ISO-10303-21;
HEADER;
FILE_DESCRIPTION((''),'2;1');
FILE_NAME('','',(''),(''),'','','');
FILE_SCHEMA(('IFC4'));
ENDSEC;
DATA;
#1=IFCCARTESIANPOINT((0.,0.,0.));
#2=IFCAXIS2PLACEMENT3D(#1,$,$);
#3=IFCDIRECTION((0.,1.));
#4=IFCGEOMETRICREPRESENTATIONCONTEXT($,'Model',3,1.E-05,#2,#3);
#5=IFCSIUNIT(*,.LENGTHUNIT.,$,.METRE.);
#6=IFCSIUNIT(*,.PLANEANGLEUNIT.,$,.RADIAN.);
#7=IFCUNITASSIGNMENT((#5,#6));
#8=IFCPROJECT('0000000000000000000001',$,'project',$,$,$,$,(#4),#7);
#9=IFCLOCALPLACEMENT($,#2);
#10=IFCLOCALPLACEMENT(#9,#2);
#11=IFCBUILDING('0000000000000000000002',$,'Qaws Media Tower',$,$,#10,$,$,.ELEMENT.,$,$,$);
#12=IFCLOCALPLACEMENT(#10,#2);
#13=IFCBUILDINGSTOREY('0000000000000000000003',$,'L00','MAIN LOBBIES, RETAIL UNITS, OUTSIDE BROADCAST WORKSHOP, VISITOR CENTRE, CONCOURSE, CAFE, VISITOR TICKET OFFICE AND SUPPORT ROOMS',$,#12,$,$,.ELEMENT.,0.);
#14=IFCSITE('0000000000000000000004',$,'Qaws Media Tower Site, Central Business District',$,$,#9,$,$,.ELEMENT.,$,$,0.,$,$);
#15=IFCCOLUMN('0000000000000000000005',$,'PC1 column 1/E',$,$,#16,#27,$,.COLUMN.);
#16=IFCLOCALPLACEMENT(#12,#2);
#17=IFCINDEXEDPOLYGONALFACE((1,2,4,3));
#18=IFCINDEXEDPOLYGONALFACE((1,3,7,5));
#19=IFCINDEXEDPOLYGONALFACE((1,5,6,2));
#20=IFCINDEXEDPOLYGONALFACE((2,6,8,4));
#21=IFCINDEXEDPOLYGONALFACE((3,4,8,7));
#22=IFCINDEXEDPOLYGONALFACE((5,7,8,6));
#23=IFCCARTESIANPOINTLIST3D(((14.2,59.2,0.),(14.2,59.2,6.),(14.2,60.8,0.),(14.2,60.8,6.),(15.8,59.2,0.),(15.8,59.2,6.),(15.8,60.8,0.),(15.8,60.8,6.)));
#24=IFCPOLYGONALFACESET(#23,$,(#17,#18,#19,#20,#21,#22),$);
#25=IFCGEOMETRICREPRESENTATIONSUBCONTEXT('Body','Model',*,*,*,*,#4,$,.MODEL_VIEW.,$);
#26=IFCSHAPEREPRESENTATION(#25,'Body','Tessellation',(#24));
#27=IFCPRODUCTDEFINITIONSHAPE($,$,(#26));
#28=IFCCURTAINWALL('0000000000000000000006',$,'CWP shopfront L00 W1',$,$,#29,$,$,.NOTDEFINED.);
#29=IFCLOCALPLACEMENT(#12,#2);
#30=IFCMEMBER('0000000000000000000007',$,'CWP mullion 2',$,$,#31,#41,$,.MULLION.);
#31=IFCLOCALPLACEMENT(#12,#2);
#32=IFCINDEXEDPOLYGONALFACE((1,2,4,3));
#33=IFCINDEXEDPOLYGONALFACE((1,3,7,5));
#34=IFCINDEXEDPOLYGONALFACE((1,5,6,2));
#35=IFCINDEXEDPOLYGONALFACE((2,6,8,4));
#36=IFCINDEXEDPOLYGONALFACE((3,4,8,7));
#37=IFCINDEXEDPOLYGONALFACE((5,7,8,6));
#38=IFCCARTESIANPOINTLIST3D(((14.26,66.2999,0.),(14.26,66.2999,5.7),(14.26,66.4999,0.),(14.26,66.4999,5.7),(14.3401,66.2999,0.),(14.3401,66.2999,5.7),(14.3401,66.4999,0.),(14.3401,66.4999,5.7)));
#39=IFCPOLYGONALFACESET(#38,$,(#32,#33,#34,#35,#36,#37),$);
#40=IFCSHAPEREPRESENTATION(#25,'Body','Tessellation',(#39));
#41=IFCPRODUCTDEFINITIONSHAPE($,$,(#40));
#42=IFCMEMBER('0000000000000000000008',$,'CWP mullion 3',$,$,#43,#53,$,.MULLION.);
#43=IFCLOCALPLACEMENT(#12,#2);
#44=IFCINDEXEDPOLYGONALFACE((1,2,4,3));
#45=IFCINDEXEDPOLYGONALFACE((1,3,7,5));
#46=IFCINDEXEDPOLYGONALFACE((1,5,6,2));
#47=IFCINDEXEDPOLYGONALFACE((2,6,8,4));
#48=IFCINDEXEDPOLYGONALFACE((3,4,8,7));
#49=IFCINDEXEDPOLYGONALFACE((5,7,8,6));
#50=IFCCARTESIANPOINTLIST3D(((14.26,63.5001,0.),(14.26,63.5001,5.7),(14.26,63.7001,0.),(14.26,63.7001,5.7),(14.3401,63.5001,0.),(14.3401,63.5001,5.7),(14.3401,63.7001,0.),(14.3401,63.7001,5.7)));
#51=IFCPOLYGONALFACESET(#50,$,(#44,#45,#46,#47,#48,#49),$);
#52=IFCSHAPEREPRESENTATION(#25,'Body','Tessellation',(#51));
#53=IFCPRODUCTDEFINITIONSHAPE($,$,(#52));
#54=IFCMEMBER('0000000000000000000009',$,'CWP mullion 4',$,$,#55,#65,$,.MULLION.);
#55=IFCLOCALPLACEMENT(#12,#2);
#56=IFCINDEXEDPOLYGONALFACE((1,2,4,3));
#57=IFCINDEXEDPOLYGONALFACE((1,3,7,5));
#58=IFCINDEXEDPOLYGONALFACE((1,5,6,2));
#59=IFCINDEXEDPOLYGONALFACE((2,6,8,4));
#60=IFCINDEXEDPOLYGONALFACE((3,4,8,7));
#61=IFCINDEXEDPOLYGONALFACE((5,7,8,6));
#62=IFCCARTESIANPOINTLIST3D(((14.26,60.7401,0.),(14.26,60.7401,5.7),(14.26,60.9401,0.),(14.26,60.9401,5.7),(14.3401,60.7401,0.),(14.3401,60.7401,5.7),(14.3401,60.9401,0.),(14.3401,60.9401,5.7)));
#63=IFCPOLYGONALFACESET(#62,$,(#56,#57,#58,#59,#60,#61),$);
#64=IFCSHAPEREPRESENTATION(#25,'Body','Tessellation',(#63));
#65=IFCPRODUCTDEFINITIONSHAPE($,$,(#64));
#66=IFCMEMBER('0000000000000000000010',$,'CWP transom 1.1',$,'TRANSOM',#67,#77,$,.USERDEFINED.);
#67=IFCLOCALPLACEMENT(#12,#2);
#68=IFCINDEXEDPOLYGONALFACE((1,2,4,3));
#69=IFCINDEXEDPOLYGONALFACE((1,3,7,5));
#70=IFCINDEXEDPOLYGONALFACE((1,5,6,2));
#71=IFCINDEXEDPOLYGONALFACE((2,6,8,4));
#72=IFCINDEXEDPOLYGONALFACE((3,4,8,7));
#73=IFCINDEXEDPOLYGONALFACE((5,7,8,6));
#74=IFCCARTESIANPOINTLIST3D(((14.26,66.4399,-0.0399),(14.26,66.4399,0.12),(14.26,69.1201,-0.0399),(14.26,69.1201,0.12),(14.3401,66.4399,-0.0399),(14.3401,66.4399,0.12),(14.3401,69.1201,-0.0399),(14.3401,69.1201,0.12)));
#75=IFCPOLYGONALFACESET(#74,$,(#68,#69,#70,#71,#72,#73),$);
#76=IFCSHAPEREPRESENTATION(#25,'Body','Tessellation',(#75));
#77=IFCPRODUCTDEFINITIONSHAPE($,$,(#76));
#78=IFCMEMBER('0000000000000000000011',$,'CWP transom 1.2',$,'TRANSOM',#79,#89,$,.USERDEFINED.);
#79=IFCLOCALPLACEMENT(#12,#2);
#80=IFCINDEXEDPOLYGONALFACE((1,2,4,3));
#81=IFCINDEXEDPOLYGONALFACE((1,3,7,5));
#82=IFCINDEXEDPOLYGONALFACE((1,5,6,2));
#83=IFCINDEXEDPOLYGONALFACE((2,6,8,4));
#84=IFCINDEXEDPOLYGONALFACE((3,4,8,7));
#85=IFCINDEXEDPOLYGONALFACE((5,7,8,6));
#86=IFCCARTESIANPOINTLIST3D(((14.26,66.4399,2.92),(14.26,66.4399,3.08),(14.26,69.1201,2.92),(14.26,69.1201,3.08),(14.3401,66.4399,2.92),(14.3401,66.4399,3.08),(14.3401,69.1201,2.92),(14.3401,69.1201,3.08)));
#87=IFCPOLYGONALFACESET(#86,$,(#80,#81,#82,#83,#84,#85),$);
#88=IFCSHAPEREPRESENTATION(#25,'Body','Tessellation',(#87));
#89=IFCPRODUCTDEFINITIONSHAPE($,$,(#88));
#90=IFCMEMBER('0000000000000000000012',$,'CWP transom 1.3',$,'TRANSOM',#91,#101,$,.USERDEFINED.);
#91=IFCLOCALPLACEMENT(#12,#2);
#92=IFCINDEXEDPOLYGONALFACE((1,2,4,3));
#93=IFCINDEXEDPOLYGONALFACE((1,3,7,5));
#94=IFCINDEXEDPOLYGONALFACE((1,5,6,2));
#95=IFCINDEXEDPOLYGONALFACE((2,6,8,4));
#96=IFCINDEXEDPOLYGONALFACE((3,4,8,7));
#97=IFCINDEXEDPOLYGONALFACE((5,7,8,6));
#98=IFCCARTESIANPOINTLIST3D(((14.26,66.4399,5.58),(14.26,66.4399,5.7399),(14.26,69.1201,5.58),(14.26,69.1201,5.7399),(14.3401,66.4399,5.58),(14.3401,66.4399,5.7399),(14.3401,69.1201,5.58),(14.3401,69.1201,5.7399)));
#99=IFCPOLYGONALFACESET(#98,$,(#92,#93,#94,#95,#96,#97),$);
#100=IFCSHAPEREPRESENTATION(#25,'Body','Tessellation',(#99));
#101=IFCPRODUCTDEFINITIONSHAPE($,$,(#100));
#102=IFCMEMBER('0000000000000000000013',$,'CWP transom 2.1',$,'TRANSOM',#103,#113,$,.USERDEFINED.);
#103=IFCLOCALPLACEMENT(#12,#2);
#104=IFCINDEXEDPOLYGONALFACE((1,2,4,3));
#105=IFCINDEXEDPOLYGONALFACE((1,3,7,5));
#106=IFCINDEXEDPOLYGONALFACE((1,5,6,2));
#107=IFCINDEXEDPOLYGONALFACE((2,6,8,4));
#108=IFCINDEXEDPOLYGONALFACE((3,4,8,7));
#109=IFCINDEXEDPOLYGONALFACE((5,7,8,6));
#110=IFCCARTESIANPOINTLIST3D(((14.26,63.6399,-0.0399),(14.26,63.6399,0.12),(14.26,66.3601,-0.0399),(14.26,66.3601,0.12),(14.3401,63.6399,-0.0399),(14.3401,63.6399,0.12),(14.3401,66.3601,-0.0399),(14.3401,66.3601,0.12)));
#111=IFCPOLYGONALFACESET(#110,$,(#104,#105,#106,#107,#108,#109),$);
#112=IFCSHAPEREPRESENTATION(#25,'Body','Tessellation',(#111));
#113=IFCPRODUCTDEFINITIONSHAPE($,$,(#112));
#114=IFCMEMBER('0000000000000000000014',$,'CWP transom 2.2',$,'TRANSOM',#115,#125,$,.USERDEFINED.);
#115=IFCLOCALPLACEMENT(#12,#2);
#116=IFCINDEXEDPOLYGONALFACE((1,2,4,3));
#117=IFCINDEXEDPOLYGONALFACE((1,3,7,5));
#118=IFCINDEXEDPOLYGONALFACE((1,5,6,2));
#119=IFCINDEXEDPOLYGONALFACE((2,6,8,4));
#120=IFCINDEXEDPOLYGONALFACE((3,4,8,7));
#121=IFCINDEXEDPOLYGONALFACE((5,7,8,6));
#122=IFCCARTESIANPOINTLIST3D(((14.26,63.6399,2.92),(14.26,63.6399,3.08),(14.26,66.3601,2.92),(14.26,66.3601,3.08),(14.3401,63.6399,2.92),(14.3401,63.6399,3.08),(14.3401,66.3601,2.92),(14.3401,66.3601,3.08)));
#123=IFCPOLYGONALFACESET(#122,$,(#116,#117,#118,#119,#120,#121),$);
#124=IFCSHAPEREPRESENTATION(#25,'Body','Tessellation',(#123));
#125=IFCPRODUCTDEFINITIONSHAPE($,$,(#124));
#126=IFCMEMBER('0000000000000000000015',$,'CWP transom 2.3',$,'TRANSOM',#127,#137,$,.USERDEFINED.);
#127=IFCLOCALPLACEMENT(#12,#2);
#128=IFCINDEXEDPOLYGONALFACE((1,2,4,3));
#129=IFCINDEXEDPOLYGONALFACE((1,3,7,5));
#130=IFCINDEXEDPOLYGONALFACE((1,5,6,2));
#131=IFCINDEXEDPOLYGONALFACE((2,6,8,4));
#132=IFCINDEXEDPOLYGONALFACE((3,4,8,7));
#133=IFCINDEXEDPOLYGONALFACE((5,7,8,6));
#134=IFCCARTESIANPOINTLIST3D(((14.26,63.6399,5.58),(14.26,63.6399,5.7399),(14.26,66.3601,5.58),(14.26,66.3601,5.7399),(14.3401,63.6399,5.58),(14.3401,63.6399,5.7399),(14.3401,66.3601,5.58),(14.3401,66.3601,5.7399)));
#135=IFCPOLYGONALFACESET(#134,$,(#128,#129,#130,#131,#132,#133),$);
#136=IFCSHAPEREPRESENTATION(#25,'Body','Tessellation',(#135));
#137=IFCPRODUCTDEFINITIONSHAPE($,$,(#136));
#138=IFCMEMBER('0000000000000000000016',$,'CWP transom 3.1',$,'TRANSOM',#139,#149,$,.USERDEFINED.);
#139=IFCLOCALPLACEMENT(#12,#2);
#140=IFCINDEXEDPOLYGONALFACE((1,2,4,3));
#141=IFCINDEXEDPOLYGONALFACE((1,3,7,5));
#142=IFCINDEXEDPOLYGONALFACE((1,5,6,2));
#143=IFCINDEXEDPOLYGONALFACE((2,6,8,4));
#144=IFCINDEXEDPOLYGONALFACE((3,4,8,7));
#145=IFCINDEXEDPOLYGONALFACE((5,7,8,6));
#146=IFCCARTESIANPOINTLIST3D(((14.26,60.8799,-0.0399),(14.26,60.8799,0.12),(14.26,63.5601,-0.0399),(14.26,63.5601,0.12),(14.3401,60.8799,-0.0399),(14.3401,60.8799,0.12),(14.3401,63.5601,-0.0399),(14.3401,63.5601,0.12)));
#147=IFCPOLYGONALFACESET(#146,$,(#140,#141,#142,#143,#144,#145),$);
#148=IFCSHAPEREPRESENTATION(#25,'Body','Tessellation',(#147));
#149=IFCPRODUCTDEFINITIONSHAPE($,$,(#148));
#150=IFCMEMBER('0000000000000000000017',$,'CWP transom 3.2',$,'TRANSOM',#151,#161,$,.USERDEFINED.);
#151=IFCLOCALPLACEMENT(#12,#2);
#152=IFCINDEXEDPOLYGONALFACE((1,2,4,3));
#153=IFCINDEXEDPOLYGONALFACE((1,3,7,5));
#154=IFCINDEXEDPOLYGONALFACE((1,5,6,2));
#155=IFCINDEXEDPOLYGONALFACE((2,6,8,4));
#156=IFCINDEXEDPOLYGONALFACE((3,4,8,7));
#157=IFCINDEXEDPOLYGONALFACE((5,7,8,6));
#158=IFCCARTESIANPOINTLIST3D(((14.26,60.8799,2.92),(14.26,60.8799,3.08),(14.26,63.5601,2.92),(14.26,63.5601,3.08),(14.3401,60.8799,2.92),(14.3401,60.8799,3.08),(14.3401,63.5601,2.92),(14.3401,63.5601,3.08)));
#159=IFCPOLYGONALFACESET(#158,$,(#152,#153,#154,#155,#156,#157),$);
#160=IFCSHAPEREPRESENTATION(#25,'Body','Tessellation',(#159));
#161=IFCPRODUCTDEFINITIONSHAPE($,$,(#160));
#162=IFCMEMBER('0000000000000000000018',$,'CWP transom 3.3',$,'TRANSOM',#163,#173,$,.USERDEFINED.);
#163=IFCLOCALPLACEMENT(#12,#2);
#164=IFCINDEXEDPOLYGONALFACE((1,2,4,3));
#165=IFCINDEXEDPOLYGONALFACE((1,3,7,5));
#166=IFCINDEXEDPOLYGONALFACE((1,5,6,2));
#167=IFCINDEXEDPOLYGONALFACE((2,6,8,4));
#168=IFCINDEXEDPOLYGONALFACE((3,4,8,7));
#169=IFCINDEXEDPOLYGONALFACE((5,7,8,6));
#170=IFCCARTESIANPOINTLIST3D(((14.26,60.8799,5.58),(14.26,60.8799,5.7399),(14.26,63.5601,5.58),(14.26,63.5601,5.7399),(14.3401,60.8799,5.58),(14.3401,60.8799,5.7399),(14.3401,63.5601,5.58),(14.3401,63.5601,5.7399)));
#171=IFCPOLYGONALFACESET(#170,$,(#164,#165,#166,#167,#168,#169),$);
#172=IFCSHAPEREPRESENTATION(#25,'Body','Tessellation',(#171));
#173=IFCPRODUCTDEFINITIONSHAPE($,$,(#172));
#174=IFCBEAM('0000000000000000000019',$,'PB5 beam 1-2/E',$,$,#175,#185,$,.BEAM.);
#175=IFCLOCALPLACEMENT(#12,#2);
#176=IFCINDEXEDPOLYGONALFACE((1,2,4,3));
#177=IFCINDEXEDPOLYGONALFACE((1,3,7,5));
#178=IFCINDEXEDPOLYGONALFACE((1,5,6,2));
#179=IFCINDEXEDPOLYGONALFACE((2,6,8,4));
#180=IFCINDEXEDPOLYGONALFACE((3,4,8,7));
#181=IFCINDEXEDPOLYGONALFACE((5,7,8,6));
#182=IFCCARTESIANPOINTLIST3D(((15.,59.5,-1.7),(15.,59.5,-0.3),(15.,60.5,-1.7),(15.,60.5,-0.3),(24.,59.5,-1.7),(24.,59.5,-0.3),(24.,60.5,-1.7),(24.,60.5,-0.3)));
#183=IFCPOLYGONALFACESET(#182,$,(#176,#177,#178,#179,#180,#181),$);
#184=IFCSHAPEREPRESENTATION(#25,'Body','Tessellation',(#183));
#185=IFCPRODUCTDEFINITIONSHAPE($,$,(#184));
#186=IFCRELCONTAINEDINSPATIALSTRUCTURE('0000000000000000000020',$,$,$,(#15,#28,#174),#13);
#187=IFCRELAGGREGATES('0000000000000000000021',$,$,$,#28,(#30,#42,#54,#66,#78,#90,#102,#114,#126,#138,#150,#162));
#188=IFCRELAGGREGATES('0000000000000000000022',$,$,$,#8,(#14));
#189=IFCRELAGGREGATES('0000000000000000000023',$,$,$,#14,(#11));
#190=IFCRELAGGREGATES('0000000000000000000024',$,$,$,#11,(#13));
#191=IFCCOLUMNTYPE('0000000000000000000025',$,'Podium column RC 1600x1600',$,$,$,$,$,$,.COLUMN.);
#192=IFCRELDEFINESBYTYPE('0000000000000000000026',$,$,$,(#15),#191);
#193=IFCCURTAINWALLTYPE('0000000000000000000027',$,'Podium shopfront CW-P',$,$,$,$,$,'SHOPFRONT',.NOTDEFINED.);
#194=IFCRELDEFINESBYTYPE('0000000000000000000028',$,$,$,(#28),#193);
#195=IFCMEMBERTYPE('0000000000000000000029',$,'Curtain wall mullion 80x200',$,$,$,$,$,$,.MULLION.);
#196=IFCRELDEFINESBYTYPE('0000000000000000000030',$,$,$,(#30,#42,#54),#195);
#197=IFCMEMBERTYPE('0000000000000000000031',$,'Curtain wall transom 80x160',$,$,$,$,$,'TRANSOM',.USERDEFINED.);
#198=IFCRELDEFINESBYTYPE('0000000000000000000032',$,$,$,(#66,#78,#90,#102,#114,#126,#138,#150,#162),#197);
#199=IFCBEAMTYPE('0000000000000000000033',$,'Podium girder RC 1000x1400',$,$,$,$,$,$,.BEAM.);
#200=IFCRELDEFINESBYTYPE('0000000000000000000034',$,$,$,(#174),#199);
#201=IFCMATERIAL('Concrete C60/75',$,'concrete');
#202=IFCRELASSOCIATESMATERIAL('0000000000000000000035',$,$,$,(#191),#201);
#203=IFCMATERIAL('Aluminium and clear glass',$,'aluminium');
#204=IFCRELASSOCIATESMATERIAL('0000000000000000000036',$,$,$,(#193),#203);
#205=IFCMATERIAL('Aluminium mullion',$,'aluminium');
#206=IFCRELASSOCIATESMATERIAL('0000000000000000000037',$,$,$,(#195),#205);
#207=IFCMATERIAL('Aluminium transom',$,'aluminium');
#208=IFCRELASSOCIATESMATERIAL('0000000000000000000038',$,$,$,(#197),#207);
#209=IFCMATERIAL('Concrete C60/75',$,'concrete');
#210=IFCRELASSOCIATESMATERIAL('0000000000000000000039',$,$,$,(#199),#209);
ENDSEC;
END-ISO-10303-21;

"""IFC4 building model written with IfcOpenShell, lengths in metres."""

from ifc_helpers import new_model, si_unit, direction, frame, origin, origin_2d, place, context, subcontext, project, spatial, rectangle, extrude, material, material_profile, profile_set, type_object, element, aggregate, save


model = new_model("IFC4")

# Units and contexts
model_context = context("Model", 3, precision=1e-05, world=origin(), true_north=direction((0.0, 1.0)))
body_context = subcontext(model_context, "Body", "Model", "MODEL_VIEW")
ifc_project = project(units=[si_unit("LENGTHUNIT", "METRE"), si_unit("PLANEANGLEUNIT", "RADIAN")], contexts=[model_context])

# Site, building, storey
site_placement = place(None, origin())
site = spatial("IfcSite", under=ifc_project, at=site_placement, Name="Qaws Media Tower Site, Central Business District", CompositionType="ELEMENT", RefElevation=0.0)
building_placement = place(site_placement, origin())
building = spatial("IfcBuilding", under=site, at=building_placement, Name="Qaws Media Tower", CompositionType="ELEMENT")
storey_placement = place(building_placement, origin())
storey = spatial("IfcBuildingStorey", under=building, at=storey_placement, Name="L00", Description="MAIN LOBBIES, RETAIL UNITS, OUTSIDE BROADCAST WORKSHOP, VISITOR CENTRE, CONCOURSE, CAFE, VISITOR TICKET OFFICE AND SUPPORT ROOMS", CompositionType="ELEMENT", Elevation=0.0)

# Column
ifc_material_1 = material(Name="Concrete C60/75", Category="concrete")
ifc_material_profile_1 = material_profile(ifc_material_1, rectangle(XDim=1.6001, YDim=1.6001, at=origin_2d()), Name="RC 1600x1600")
ifc_profile_set_1 = profile_set([ifc_material_profile_1], Name="Concrete C60/75")
column_type = type_object("IfcColumnType", Name="Podium column RC 1600x1600", PredefinedType="COLUMN", material=ifc_profile_set_1)
column_placement = place(storey_placement, frame((15.0, 60.0, 0.0), z_axis=(0.0, 0.0, 1.0), x_axis=(1.0, 0.0, 0.0)))
element("IfcColumn", 1, at=column_placement, inside=storey, type_object=column_type, Name="PC1 column 1/E", PredefinedType="COLUMN", context=body_context, shape_type="SweptSolid", body=[
    extrude(rectangle(XDim=1.6001, YDim=1.6001, at=origin_2d()), origin(), (0.0, 0.0, 1.0), 6.0),
])

# Curtain wall, members
ifc_material_2 = material(Name="Aluminium and clear glass", Category="aluminium")
curtain_wall_type = type_object("IfcCurtainWallType", Name="Podium shopfront CW-P", ElementType="SHOPFRONT", PredefinedType="NOTDEFINED", material=ifc_material_2)
curtain_wall_placement = place(storey_placement, origin())
curtain_wall = element("IfcCurtainWall", 2, at=curtain_wall_placement, inside=storey, type_object=curtain_wall_type, Name="CWP shopfront L00 W1", PredefinedType="NOTDEFINED")
ifc_material_3 = material(Name="Aluminium mullion", Category="aluminium")
ifc_material_profile_2 = material_profile(ifc_material_3, rectangle(XDim=0.0801, YDim=0.2, at=origin_2d()), Name="80x200")
ifc_profile_set_2 = profile_set([ifc_material_profile_2], Name="Aluminium mullion")
member_type_1 = type_object("IfcMemberType", Name="Curtain wall mullion 80x200", PredefinedType="MULLION", material=ifc_profile_set_2)
member_1_placement = place(storey_placement, frame((14.3, 66.3999, 0.0), z_axis=(0.0, 0.0, 1.0), x_axis=(1.0, 0.0, 0.0)))
member_1 = element("IfcMember", 3, at=member_1_placement, type_object=member_type_1, Name="CWP mullion 2", PredefinedType="MULLION", context=body_context, shape_type="SweptSolid", body=[
    extrude(rectangle(XDim=0.0801, YDim=0.2, at=origin_2d()), origin(), (0.0, 0.0, 1.0), 5.7),
])
member_2_placement = place(storey_placement, frame((14.3, 63.6001, 0.0), z_axis=(0.0, 0.0, 1.0), x_axis=(1.0, 0.0, 0.0)))
member_2 = element("IfcMember", 4, at=member_2_placement, type_object=member_type_1, Name="CWP mullion 3", PredefinedType="MULLION", context=body_context, shape_type="SweptSolid", body=[
    extrude(rectangle(XDim=0.0801, YDim=0.2, at=origin_2d()), origin(), (0.0, 0.0, 1.0), 5.7),
])
member_3_placement = place(storey_placement, frame((14.3, 60.8401, 0.0), z_axis=(0.0, 0.0, 1.0), x_axis=(1.0, 0.0, 0.0)))
member_3 = element("IfcMember", 5, at=member_3_placement, type_object=member_type_1, Name="CWP mullion 4", PredefinedType="MULLION", context=body_context, shape_type="SweptSolid", body=[
    extrude(rectangle(XDim=0.0801, YDim=0.2, at=origin_2d()), origin(), (0.0, 0.0, 1.0), 5.7),
])
ifc_material_4 = material(Name="Aluminium transom", Category="aluminium")
ifc_material_profile_3 = material_profile(ifc_material_4, rectangle(XDim=0.0801, YDim=0.1599, at=origin_2d()), Name="80x160")
ifc_profile_set_3 = profile_set([ifc_material_profile_3], Name="Aluminium transom")
member_type_2 = type_object("IfcMemberType", Name="Curtain wall transom 80x160", ElementType="TRANSOM", PredefinedType="USERDEFINED", material=ifc_profile_set_3)
member_4_placement = place(storey_placement, frame((14.3, 69.1201, 0.04), z_axis=(0.0, -1.0, 0.0), x_axis=(1.0, 0.0, 0.0)))
member_4 = element("IfcMember", 6, at=member_4_placement, type_object=member_type_2, Name="CWP transom 1.1", ObjectType="TRANSOM", PredefinedType="USERDEFINED", context=body_context, shape_type="SweptSolid", body=[
    extrude(rectangle(XDim=0.0801, YDim=0.1599, at=origin_2d()), origin(), (0.0, 0.0, 1.0), 2.6802),
])
member_5_placement = place(storey_placement, frame((14.3, 69.1201, 3.0), z_axis=(0.0, -1.0, 0.0), x_axis=(1.0, 0.0, 0.0)))
member_5 = element("IfcMember", 7, at=member_5_placement, type_object=member_type_2, Name="CWP transom 1.2", ObjectType="TRANSOM", PredefinedType="USERDEFINED", context=body_context, shape_type="SweptSolid", body=[
    extrude(rectangle(XDim=0.0801, YDim=0.1599, at=origin_2d()), origin(), (0.0, 0.0, 1.0), 2.6802),
])
member_6_placement = place(storey_placement, frame((14.3, 69.1201, 5.6599), z_axis=(0.0, -1.0, 0.0), x_axis=(1.0, 0.0, 0.0)))
member_6 = element("IfcMember", 8, at=member_6_placement, type_object=member_type_2, Name="CWP transom 1.3", ObjectType="TRANSOM", PredefinedType="USERDEFINED", context=body_context, shape_type="SweptSolid", body=[
    extrude(rectangle(XDim=0.0801, YDim=0.1599, at=origin_2d()), origin(), (0.0, 0.0, 1.0), 2.6802),
])
member_7_placement = place(storey_placement, frame((14.3, 66.3601, 0.04), z_axis=(0.0, -1.0, 0.0), x_axis=(1.0, 0.0, 0.0)))
member_7 = element("IfcMember", 9, at=member_7_placement, type_object=member_type_2, Name="CWP transom 2.1", ObjectType="TRANSOM", PredefinedType="USERDEFINED", context=body_context, shape_type="SweptSolid", body=[
    extrude(rectangle(XDim=0.0801, YDim=0.1599, at=origin_2d()), origin(), (0.0, 0.0, 1.0), 2.7202),
])
member_8_placement = place(storey_placement, frame((14.3, 66.3601, 3.0), z_axis=(0.0, -1.0, 0.0), x_axis=(1.0, 0.0, 0.0)))
member_8 = element("IfcMember", 10, at=member_8_placement, type_object=member_type_2, Name="CWP transom 2.2", ObjectType="TRANSOM", PredefinedType="USERDEFINED", context=body_context, shape_type="SweptSolid", body=[
    extrude(rectangle(XDim=0.0801, YDim=0.1599, at=origin_2d()), origin(), (0.0, 0.0, 1.0), 2.7202),
])
member_9_placement = place(storey_placement, frame((14.3, 66.3601, 5.6599), z_axis=(0.0, -1.0, 0.0), x_axis=(1.0, 0.0, 0.0)))
member_9 = element("IfcMember", 11, at=member_9_placement, type_object=member_type_2, Name="CWP transom 2.3", ObjectType="TRANSOM", PredefinedType="USERDEFINED", context=body_context, shape_type="SweptSolid", body=[
    extrude(rectangle(XDim=0.0801, YDim=0.1599, at=origin_2d()), origin(), (0.0, 0.0, 1.0), 2.7202),
])
member_10_placement = place(storey_placement, frame((14.3, 63.5601, 0.04), z_axis=(0.0, -1.0, 0.0), x_axis=(1.0, 0.0, 0.0)))
member_10 = element("IfcMember", 12, at=member_10_placement, type_object=member_type_2, Name="CWP transom 3.1", ObjectType="TRANSOM", PredefinedType="USERDEFINED", context=body_context, shape_type="SweptSolid", body=[
    extrude(rectangle(XDim=0.0801, YDim=0.1599, at=origin_2d()), origin(), (0.0, 0.0, 1.0), 2.6802),
])
member_11_placement = place(storey_placement, frame((14.3, 63.5601, 3.0), z_axis=(0.0, -1.0, 0.0), x_axis=(1.0, 0.0, 0.0)))
member_11 = element("IfcMember", 13, at=member_11_placement, type_object=member_type_2, Name="CWP transom 3.2", ObjectType="TRANSOM", PredefinedType="USERDEFINED", context=body_context, shape_type="SweptSolid", body=[
    extrude(rectangle(XDim=0.0801, YDim=0.1599, at=origin_2d()), origin(), (0.0, 0.0, 1.0), 2.6802),
])
member_12_placement = place(storey_placement, frame((14.3, 63.5601, 5.6599), z_axis=(0.0, -1.0, 0.0), x_axis=(1.0, 0.0, 0.0)))
member_12 = element("IfcMember", 14, at=member_12_placement, type_object=member_type_2, Name="CWP transom 3.3", ObjectType="TRANSOM", PredefinedType="USERDEFINED", context=body_context, shape_type="SweptSolid", body=[
    extrude(rectangle(XDim=0.0801, YDim=0.1599, at=origin_2d()), origin(), (0.0, 0.0, 1.0), 2.6802),
])

# Beam
ifc_material_5 = material(Name="Concrete C60/75", Category="concrete")
ifc_material_profile_4 = material_profile(ifc_material_5, rectangle(XDim=1.0, YDim=1.3999, at=origin_2d()), Name="RC 1000x1400")
ifc_profile_set_4 = profile_set([ifc_material_profile_4], Name="Concrete C60/75")
beam_type_1 = type_object("IfcBeamType", Name="Podium girder RC 1000x1400", PredefinedType="BEAM", material=ifc_profile_set_4)
beam_1_placement = place(storey_placement, frame((15.0, 60.0, -1.0), z_axis=(1.0, 0.0, 0.0), x_axis=(0.0, 1.0, 0.0)))
element("IfcBeam", 15, at=beam_1_placement, inside=storey, type_object=beam_type_1, Name="PB5 beam 1-2/E", PredefinedType="BEAM", context=body_context, shape_type="SweptSolid", body=[
    extrude(rectangle(XDim=1.0, YDim=1.3999, at=origin_2d()), origin(), (0.0, 0.0, 1.0), 9.0),
])

aggregate(curtain_wall, [member_1, member_2, member_3, member_4, member_5, member_6, member_7, member_8, member_9, member_10, member_11, member_12])

save(model, "model.ifc")
